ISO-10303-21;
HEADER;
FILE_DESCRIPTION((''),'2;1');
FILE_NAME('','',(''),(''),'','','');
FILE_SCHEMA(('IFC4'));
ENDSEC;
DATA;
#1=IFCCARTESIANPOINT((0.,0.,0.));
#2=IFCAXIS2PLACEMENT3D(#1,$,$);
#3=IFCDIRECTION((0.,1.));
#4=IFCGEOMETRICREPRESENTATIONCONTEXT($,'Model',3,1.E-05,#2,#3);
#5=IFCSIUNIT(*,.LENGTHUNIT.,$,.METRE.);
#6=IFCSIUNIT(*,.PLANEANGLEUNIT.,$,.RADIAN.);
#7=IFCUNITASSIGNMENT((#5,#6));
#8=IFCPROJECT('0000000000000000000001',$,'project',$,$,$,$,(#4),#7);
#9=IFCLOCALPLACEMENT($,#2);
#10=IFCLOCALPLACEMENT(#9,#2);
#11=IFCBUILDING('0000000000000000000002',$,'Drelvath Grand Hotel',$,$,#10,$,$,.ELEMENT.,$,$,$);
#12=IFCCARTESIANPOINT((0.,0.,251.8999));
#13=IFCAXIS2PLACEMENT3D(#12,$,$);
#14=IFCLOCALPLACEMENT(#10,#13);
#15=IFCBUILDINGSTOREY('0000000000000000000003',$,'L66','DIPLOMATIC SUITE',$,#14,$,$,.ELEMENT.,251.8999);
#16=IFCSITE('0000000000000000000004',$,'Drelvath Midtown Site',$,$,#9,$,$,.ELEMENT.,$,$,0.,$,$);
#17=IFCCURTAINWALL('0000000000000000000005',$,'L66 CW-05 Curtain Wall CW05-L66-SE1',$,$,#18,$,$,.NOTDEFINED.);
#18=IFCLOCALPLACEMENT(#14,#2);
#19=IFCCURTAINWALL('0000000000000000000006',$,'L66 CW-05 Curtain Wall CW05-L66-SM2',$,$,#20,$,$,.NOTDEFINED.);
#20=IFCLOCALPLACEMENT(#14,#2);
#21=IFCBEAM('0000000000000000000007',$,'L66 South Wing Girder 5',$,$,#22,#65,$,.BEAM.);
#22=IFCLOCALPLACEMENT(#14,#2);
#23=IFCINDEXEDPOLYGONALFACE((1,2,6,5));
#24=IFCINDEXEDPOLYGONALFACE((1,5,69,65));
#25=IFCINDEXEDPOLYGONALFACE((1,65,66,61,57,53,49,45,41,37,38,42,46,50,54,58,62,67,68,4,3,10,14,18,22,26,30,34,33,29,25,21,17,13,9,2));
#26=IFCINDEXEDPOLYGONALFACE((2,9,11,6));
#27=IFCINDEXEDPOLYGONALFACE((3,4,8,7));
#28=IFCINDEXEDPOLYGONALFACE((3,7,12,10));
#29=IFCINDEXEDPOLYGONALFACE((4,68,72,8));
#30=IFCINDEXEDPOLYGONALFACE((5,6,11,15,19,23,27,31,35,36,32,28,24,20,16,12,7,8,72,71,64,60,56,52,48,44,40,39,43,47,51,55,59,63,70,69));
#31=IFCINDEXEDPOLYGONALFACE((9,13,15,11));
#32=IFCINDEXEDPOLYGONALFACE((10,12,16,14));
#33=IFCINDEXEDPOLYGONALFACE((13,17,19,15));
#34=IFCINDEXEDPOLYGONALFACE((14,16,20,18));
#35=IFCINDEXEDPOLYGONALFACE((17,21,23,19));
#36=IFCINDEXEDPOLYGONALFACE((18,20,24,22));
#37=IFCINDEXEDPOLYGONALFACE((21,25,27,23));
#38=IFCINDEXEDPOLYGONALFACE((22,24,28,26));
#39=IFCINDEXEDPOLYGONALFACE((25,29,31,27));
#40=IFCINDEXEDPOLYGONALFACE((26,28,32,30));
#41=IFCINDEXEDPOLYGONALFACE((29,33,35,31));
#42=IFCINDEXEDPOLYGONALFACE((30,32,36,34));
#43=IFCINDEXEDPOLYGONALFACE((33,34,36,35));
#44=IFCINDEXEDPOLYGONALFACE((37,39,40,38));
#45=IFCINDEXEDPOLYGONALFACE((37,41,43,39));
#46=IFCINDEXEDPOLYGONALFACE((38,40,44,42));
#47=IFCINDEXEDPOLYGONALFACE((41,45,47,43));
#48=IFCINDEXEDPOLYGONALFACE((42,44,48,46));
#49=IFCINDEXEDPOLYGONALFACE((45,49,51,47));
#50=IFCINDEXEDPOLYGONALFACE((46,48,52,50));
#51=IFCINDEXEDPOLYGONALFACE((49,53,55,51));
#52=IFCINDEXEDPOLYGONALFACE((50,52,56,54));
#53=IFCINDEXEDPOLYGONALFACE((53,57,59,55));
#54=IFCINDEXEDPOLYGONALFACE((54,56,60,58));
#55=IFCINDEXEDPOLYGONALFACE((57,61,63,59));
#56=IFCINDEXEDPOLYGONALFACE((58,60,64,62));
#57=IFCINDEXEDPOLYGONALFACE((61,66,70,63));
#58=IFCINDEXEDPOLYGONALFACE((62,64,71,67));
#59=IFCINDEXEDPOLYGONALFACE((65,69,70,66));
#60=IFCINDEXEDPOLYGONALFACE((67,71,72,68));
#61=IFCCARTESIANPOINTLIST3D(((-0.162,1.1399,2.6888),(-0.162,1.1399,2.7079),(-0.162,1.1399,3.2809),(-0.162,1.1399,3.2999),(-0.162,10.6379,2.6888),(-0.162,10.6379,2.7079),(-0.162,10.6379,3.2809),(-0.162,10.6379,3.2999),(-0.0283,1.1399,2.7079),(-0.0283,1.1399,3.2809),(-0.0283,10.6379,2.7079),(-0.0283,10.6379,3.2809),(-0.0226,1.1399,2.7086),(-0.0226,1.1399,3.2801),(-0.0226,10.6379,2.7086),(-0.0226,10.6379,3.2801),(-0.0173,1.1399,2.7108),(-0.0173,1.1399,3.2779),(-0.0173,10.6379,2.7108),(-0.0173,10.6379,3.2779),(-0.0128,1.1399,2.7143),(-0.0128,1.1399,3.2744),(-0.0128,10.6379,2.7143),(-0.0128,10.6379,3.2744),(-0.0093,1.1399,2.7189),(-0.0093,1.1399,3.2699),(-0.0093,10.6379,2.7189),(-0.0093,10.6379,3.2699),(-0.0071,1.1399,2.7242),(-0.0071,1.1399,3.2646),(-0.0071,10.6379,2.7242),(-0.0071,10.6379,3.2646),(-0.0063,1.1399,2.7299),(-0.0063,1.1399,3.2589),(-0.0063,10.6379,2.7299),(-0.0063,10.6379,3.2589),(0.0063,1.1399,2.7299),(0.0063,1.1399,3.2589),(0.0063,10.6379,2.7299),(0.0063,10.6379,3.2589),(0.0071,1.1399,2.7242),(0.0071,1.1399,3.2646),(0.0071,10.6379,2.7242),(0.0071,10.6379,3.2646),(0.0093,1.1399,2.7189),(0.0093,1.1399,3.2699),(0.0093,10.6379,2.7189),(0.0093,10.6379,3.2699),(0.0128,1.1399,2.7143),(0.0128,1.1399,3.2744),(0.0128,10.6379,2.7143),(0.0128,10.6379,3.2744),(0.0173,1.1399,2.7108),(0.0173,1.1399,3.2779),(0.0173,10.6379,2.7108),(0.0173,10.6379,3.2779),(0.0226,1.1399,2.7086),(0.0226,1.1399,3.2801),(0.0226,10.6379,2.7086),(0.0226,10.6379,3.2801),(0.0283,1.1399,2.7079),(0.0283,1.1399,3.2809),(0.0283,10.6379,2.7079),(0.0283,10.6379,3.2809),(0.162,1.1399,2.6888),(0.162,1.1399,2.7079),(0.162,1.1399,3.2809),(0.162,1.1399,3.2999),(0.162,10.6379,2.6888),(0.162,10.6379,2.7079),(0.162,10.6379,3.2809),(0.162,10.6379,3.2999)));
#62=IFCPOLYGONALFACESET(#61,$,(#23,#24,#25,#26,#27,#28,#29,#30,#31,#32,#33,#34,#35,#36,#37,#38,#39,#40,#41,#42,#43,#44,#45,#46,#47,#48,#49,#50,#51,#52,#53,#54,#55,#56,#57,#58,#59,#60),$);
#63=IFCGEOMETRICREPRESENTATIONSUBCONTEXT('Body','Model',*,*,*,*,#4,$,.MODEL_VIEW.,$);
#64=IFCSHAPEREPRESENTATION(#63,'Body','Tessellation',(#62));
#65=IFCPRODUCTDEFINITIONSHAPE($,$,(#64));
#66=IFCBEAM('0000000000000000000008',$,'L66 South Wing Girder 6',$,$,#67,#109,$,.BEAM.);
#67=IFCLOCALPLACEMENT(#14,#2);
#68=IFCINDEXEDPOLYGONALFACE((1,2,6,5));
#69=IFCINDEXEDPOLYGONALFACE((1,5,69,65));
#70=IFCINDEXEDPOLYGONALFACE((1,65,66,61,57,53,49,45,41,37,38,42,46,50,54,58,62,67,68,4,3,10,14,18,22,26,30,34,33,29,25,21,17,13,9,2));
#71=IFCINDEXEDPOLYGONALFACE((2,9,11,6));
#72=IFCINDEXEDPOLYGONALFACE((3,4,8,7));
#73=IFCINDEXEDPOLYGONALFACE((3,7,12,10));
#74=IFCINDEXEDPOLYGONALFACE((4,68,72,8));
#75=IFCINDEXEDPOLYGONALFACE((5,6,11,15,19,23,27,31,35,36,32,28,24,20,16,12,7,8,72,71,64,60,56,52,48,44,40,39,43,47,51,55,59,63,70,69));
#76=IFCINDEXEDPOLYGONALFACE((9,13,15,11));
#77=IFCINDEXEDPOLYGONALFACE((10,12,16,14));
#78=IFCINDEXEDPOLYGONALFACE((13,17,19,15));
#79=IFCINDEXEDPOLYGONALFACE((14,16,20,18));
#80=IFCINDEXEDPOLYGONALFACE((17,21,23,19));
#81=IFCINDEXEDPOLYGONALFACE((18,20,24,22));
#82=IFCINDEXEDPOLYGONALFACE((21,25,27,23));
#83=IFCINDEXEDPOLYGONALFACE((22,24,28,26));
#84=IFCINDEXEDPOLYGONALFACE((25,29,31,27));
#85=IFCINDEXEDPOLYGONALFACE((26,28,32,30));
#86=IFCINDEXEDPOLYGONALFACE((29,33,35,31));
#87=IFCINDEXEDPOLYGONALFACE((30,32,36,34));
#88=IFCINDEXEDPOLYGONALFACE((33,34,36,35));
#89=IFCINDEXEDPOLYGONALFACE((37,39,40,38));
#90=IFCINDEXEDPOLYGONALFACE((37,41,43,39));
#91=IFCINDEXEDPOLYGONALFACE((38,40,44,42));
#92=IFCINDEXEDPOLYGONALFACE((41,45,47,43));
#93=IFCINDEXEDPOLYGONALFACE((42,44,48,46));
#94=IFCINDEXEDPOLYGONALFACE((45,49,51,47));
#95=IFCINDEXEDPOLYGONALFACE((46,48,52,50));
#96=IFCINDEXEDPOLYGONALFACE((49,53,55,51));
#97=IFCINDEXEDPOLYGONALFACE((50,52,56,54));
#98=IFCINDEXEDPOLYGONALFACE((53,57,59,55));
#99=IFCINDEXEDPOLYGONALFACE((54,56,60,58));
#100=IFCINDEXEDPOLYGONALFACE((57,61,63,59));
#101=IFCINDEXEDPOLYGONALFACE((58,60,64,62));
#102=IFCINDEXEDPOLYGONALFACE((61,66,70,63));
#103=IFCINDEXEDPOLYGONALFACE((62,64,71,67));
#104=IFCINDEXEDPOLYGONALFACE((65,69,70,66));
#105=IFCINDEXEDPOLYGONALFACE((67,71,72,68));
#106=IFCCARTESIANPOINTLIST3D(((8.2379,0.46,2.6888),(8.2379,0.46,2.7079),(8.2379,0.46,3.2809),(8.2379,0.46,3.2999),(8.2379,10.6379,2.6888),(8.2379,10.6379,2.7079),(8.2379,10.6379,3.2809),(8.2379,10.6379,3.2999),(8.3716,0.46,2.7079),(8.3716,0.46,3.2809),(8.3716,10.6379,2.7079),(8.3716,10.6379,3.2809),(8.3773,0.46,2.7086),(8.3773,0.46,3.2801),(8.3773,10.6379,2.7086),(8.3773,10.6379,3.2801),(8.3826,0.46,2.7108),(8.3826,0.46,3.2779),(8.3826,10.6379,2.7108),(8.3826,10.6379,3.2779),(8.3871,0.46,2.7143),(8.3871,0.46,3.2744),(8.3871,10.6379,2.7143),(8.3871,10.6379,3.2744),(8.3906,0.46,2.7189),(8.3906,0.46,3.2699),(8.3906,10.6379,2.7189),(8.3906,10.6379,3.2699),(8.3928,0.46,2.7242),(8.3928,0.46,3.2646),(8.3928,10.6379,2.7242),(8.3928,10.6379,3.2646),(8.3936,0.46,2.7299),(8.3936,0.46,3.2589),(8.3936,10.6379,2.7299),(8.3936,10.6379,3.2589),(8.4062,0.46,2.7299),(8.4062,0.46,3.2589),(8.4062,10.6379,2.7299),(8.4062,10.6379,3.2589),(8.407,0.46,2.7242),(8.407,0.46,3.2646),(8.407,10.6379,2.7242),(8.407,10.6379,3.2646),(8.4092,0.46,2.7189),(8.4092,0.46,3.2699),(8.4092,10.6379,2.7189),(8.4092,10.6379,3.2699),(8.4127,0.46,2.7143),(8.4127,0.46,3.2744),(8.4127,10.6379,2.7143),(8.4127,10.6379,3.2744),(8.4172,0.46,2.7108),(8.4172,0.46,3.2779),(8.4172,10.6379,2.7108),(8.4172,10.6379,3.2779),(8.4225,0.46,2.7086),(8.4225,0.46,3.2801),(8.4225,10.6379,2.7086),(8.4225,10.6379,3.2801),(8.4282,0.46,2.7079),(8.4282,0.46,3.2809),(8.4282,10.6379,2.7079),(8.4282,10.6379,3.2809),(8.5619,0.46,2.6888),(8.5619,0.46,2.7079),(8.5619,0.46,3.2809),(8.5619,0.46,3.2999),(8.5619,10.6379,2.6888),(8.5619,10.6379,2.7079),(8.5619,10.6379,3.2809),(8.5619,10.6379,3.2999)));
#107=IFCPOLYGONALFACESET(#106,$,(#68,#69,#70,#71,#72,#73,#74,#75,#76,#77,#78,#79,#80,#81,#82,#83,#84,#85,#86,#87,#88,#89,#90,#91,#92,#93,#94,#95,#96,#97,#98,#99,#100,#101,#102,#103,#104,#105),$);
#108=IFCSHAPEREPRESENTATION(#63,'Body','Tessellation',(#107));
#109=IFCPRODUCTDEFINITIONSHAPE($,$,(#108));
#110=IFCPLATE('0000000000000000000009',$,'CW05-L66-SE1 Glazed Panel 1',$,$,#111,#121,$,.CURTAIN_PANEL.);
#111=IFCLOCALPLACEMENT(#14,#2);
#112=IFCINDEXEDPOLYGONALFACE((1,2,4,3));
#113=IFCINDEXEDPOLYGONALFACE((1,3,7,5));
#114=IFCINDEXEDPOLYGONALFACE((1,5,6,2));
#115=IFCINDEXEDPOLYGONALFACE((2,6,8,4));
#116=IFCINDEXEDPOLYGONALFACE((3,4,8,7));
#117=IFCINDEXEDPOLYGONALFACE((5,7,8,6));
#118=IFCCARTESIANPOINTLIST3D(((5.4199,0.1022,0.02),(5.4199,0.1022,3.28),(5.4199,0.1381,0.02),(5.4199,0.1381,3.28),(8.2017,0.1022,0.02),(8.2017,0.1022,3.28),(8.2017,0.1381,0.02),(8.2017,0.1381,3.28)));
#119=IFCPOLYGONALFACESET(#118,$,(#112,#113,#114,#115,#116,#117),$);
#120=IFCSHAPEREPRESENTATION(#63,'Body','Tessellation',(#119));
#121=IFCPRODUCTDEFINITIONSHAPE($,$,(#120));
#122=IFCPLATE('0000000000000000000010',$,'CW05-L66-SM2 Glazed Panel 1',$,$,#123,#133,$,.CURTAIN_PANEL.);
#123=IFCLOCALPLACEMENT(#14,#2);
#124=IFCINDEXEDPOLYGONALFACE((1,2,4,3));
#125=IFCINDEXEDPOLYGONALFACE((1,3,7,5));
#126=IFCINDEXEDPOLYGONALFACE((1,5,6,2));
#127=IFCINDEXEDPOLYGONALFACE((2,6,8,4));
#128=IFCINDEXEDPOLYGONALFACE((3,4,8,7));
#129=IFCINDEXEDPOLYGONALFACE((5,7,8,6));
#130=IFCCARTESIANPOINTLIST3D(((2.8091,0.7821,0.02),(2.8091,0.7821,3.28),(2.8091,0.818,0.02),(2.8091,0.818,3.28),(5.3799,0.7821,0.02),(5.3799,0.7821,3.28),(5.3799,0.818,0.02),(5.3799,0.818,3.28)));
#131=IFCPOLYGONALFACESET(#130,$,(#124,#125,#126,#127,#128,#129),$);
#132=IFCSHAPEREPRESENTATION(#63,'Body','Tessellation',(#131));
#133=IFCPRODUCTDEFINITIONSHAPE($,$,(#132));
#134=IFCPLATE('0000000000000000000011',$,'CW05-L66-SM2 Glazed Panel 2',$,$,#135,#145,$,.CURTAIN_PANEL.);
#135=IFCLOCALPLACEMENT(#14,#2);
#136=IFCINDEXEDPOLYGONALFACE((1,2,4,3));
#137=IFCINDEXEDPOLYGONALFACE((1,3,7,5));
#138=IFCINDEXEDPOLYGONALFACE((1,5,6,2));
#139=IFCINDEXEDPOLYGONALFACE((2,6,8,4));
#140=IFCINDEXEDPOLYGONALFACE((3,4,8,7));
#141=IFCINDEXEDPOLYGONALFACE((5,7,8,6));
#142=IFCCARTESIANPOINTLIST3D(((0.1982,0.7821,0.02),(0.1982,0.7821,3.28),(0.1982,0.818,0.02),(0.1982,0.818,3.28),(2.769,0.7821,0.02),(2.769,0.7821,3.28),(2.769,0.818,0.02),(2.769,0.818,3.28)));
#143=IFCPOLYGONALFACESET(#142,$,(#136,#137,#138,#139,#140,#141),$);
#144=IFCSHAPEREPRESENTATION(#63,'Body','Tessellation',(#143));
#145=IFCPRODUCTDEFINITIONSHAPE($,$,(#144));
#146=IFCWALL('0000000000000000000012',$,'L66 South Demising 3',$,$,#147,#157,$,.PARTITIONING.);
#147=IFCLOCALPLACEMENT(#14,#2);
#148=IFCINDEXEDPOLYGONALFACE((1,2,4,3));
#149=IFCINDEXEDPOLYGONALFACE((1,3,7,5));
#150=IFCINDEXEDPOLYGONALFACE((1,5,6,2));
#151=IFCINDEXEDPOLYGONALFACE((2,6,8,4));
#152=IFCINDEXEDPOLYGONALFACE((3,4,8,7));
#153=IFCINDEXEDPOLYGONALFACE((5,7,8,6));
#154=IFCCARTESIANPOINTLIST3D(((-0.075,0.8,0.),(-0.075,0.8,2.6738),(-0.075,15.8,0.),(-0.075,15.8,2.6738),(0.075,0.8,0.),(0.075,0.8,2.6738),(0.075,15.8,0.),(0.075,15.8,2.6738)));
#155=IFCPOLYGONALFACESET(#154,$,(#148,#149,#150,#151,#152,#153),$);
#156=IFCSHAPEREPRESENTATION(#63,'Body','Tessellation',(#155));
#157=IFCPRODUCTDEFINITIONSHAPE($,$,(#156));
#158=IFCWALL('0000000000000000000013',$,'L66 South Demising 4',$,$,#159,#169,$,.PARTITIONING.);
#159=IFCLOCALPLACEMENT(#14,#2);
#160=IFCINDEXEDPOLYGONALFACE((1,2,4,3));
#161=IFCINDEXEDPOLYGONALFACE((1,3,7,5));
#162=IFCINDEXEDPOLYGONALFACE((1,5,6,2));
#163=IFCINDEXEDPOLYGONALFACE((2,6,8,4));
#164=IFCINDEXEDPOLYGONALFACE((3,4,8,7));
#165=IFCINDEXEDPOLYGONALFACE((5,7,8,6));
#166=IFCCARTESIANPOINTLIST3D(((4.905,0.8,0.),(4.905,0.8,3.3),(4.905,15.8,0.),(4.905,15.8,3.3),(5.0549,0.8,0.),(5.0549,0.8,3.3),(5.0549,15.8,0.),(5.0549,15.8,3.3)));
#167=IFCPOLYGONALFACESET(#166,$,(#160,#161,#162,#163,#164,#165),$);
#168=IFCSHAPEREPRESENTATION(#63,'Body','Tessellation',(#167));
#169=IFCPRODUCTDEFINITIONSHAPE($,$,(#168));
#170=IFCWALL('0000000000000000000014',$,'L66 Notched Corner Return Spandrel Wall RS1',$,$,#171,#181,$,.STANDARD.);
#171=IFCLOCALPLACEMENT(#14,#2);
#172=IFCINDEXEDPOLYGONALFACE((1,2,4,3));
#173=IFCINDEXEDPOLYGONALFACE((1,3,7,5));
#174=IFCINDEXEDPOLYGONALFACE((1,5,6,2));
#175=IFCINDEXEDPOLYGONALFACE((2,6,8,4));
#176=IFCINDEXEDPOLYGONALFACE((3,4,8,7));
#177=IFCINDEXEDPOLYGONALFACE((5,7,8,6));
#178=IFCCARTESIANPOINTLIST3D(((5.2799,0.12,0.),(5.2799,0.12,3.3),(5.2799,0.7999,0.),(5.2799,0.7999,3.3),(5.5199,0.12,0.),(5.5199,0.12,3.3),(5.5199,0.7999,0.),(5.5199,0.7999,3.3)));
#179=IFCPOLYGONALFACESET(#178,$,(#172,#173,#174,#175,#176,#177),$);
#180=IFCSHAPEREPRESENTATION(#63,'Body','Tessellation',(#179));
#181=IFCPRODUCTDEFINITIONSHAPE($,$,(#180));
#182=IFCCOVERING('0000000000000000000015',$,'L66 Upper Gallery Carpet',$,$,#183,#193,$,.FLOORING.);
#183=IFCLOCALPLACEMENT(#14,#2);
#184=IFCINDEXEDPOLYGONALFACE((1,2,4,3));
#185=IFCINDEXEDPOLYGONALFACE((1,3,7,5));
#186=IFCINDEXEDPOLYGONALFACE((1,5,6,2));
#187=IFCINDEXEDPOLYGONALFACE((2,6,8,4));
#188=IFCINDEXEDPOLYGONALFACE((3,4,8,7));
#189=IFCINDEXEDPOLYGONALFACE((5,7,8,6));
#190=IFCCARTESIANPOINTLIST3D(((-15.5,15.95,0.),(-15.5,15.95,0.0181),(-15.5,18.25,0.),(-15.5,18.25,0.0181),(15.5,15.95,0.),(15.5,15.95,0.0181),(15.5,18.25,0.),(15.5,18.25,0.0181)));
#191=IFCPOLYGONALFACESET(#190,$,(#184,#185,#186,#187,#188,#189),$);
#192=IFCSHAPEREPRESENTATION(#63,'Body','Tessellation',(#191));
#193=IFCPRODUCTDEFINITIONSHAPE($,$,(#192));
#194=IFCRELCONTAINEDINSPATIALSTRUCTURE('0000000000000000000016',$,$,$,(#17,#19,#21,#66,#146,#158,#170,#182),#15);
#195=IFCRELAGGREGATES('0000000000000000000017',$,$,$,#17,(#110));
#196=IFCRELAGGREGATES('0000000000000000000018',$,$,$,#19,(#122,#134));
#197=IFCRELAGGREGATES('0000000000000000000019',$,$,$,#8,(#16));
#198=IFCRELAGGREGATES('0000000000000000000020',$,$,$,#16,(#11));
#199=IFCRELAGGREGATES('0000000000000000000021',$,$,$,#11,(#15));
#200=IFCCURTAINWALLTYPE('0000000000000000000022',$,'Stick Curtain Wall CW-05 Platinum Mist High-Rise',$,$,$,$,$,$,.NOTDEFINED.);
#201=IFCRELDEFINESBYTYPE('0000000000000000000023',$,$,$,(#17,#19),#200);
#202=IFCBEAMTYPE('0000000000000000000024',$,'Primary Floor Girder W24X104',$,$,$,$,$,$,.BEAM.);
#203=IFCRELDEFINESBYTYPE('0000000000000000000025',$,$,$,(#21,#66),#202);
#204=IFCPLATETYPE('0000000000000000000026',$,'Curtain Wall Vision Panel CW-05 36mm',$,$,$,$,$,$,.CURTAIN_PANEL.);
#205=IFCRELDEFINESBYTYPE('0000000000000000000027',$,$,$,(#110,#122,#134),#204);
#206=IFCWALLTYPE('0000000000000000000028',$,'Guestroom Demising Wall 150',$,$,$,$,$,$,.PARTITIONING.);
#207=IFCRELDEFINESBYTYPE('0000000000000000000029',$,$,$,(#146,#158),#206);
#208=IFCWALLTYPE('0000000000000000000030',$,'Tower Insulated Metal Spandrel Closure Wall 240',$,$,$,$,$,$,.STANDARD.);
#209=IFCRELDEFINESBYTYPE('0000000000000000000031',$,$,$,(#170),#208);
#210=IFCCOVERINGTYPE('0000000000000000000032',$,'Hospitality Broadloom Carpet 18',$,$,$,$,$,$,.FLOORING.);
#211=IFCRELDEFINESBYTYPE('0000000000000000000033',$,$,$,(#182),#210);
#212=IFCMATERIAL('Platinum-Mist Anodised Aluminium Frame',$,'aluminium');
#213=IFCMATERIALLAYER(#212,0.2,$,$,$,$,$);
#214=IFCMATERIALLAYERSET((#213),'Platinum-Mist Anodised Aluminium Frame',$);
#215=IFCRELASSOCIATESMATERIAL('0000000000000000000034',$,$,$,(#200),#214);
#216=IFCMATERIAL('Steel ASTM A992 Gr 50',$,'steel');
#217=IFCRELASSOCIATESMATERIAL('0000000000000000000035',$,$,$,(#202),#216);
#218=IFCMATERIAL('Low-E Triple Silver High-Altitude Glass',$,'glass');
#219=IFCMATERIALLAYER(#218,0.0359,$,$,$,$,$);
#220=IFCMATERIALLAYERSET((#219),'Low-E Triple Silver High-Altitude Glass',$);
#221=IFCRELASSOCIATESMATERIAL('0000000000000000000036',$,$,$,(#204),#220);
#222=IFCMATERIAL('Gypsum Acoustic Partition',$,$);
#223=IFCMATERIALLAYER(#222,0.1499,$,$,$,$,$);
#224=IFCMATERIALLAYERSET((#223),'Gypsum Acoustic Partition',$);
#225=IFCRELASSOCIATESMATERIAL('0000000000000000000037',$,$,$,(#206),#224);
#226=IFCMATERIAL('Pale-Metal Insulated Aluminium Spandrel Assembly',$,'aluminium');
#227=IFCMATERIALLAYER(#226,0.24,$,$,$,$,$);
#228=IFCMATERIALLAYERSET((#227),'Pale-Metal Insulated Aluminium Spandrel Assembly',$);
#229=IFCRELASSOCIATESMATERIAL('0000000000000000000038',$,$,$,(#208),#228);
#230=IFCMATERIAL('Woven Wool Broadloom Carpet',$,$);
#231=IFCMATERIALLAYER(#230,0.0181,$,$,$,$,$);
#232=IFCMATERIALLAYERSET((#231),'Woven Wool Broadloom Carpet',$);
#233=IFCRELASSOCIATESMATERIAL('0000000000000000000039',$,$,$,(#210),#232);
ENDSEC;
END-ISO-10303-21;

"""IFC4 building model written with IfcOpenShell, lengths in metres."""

from ifc_helpers import new_model, si_unit, direction, frame, frame_2d, origin, origin_2d, place, context, subcontext, project, spatial, polyline, rectangle, i_section, outline, extrude, material, layer, layer_set, material_profile, profile_set, type_object, element, aggregate, save


model = new_model("IFC4")

# Units and contexts
model_context = context("Model", 3, precision=1e-05, world=origin(), true_north=direction((0.0, 1.0)))
body_context = subcontext(model_context, "Body", "Model", "MODEL_VIEW")
ifc_project = project(units=[si_unit("LENGTHUNIT", "METRE"), si_unit("PLANEANGLEUNIT", "RADIAN")], contexts=[model_context])

# Site, building, storey
site_placement = place(None, origin())
site = spatial("IfcSite", under=ifc_project, at=site_placement, Name="Drelvath Midtown Site", CompositionType="ELEMENT", RefElevation=0.0)
building_placement = place(site_placement, origin())
building = spatial("IfcBuilding", under=site, at=building_placement, Name="Drelvath Grand Hotel", CompositionType="ELEMENT")
storey_placement = place(building_placement, frame((0.0, 0.0, 251.8999)))
storey = spatial("IfcBuildingStorey", under=building, at=storey_placement, Name="L66", Description="DIPLOMATIC SUITE", CompositionType="ELEMENT", Elevation=251.8999)

# Curtain walls
ifc_material_1 = material(Name="Platinum-Mist Anodised Aluminium Frame", Category="aluminium")
ifc_layer_1 = layer(ifc_material_1, 0.2)
ifc_layer_set_1 = layer_set([ifc_layer_1], Name="Platinum-Mist Anodised Aluminium Frame")
curtain_wall_type = type_object("IfcCurtainWallType", Name="Stick Curtain Wall CW-05 Platinum Mist High-Rise", PredefinedType="NOTDEFINED", material=ifc_layer_set_1)
curtain_wall_1_placement = place(storey_placement, origin())
curtain_wall_1 = element("IfcCurtainWall", 1, at=curtain_wall_1_placement, inside=storey, type_object=curtain_wall_type, Name="L66 CW-05 Curtain Wall CW05-L66-SE1", PredefinedType="NOTDEFINED")
curtain_wall_2_placement = place(storey_placement, origin())
curtain_wall_2 = element("IfcCurtainWall", 2, at=curtain_wall_2_placement, inside=storey, type_object=curtain_wall_type, Name="L66 CW-05 Curtain Wall CW05-L66-SM2", PredefinedType="NOTDEFINED")

# Beams
ifc_material_2 = material(Name="Steel ASTM A992 Gr 50", Category="steel")
ifc_material_profile_1 = material_profile(ifc_material_2, i_section(OverallWidth=0.324, OverallDepth=0.6111, WebThickness=0.0127, FlangeThickness=0.019, FilletRadius=0.022, at=origin_2d()), Name="W24X104")
ifc_profile_set_1 = profile_set([ifc_material_profile_1], Name="Steel ASTM A992 Gr 50")
beam_type_1 = type_object("IfcBeamType", Name="Primary Floor Girder W24X104", PredefinedType="BEAM", material=ifc_profile_set_1)
beam_1_placement = place(storey_placement, frame((0.0, 1.1399, 2.9944), z_axis=(0.0, 1.0, 0.0), x_axis=(-1.0, 0.0, 0.0)))
element("IfcBeam", 3, at=beam_1_placement, inside=storey, type_object=beam_type_1, Name="L66 South Wing Girder 5", PredefinedType="BEAM", context=body_context, shape_type="SweptSolid", body=[
    extrude(i_section(OverallWidth=0.324, OverallDepth=0.6111, WebThickness=0.0127, FlangeThickness=0.019, FilletRadius=0.022, at=origin_2d()), origin(), (0.0, 0.0, 1.0), 9.498),
])
beam_2_placement = place(storey_placement, frame((8.3999, 0.46, 2.9944), z_axis=(0.0, 1.0, 0.0), x_axis=(-1.0, 0.0, 0.0)))
element("IfcBeam", 4, at=beam_2_placement, inside=storey, type_object=beam_type_1, Name="L66 South Wing Girder 6", PredefinedType="BEAM", context=body_context, shape_type="SweptSolid", body=[
    extrude(i_section(OverallWidth=0.324, OverallDepth=0.6111, WebThickness=0.0127, FlangeThickness=0.019, FilletRadius=0.022, at=origin_2d()), origin(), (0.0, 0.0, 1.0), 10.178),
])

# Plates
ifc_material_3 = material(Name="Low-E Triple Silver High-Altitude Glass", Category="glass")
ifc_layer_2 = layer(ifc_material_3, 0.0359)
ifc_layer_set_2 = layer_set([ifc_layer_2], Name="Low-E Triple Silver High-Altitude Glass")
plate_type = type_object("IfcPlateType", Name="Curtain Wall Vision Panel CW-05 36mm", PredefinedType="CURTAIN_PANEL", material=ifc_layer_set_2)
plate_1_placement = place(storey_placement, frame((6.8108, 0.1201, 0.02), z_axis=(0.0, 0.0, 1.0), x_axis=(-1.0, 0.0, 0.0)))
plate_1 = element("IfcPlate", 5, at=plate_1_placement, type_object=plate_type, Name="CW05-L66-SE1 Glazed Panel 1", PredefinedType="CURTAIN_PANEL", context=body_context, shape_type="SweptSolid", body=[
    extrude(rectangle(XDim=2.7817, YDim=0.0359, at=origin_2d()), origin(), (0.0, 0.0, 1.0), 3.26),
])
aggregate(curtain_wall_1, [plate_1])
plate_2_placement = place(storey_placement, frame((4.0945, 0.8, 0.02), z_axis=(0.0, 0.0, 1.0), x_axis=(-1.0, 0.0, 0.0)))
plate_2 = element("IfcPlate", 6, at=plate_2_placement, type_object=plate_type, Name="CW05-L66-SM2 Glazed Panel 1", PredefinedType="CURTAIN_PANEL", context=body_context, shape_type="SweptSolid", body=[
    extrude(rectangle(XDim=2.5708, YDim=0.0359, at=origin_2d()), origin(), (0.0, 0.0, 1.0), 3.26),
])
plate_3_placement = place(storey_placement, frame((1.4836, 0.8, 0.02), z_axis=(0.0, 0.0, 1.0), x_axis=(-1.0, 0.0, 0.0)))
plate_3 = element("IfcPlate", 7, at=plate_3_placement, type_object=plate_type, Name="CW05-L66-SM2 Glazed Panel 2", PredefinedType="CURTAIN_PANEL", context=body_context, shape_type="SweptSolid", body=[
    extrude(rectangle(XDim=2.5708, YDim=0.0359, at=origin_2d()), origin(), (0.0, 0.0, 1.0), 3.26),
])
aggregate(curtain_wall_2, [plate_2, plate_3])

# Walls
ifc_material_4 = material(Name="Gypsum Acoustic Partition")
ifc_layer_3 = layer(ifc_material_4, 0.1499)
ifc_layer_set_3 = layer_set([ifc_layer_3], Name="Gypsum Acoustic Partition")
wall_type_1 = type_object("IfcWallType", Name="Guestroom Demising Wall 150", PredefinedType="PARTITIONING", material=ifc_layer_set_3)
wall_1_placement = place(storey_placement, frame((0.0, 0.8, 0.0), z_axis=(0.0, 0.0, 1.0), x_axis=(0.0, 1.0, 0.0)))
element("IfcWall", 8, at=wall_1_placement, inside=storey, type_object=wall_type_1, Name="L66 South Demising 3", PredefinedType="PARTITIONING", context=body_context, shape_type="SweptSolid", body=[
    extrude(rectangle(XDim=15.0, YDim=0.1499, at=frame_2d((7.5, 0.0))), origin(), (0.0, 0.0, 1.0), 2.6738),
])
wall_2_placement = place(storey_placement, frame((4.98, 0.8, 0.0), z_axis=(0.0, 0.0, 1.0), x_axis=(0.0, 1.0, 0.0)))
element("IfcWall", 9, at=wall_2_placement, inside=storey, type_object=wall_type_1, Name="L66 South Demising 4", PredefinedType="PARTITIONING", context=body_context, shape_type="SweptSolid", body=[
    extrude(rectangle(XDim=15.0, YDim=0.1499, at=frame_2d((7.5, 0.0))), origin(), (0.0, 0.0, 1.0), 3.3),
])
ifc_material_5 = material(Name="Pale-Metal Insulated Aluminium Spandrel Assembly", Category="aluminium")
ifc_layer_4 = layer(ifc_material_5, 0.24)
ifc_layer_set_4 = layer_set([ifc_layer_4], Name="Pale-Metal Insulated Aluminium Spandrel Assembly")
wall_type_2 = type_object("IfcWallType", Name="Tower Insulated Metal Spandrel Closure Wall 240", PredefinedType="STANDARD", material=ifc_layer_set_4)
wall_3_placement = place(storey_placement, frame((5.3999, 0.1201, 0.0), z_axis=(0.0, 0.0, 1.0), x_axis=(0.0, 1.0, 0.0)))
element("IfcWall", 10, at=wall_3_placement, inside=storey, type_object=wall_type_2, Name="L66 Notched Corner Return Spandrel Wall RS1", PredefinedType="STANDARD", context=body_context, shape_type="SweptSolid", body=[
    extrude(rectangle(XDim=0.6799, YDim=0.24, at=frame_2d((0.3398, 0.0))), origin(), (0.0, 0.0, 1.0), 3.3),
])

# Covering
ifc_material_6 = material(Name="Woven Wool Broadloom Carpet")
ifc_layer_5 = layer(ifc_material_6, 0.0181)
ifc_layer_set_5 = layer_set([ifc_layer_5], Name="Woven Wool Broadloom Carpet")
covering_type = type_object("IfcCoveringType", Name="Hospitality Broadloom Carpet 18", PredefinedType="FLOORING", material=ifc_layer_set_5)
covering_placement = place(storey_placement, origin())
element("IfcCovering", 11, at=covering_placement, inside=storey, type_object=covering_type, Name="L66 Upper Gallery Carpet", PredefinedType="FLOORING", context=body_context, shape_type="SweptSolid", body=[
    extrude(outline(polyline([(15.5, 15.95), (15.5, 18.25), (-15.5, 18.25), (-15.5, 15.95), (15.5, 15.95)])), origin(), (0.0, 0.0, 1.0), 0.0181),
])

save(model, "model.ifc")
